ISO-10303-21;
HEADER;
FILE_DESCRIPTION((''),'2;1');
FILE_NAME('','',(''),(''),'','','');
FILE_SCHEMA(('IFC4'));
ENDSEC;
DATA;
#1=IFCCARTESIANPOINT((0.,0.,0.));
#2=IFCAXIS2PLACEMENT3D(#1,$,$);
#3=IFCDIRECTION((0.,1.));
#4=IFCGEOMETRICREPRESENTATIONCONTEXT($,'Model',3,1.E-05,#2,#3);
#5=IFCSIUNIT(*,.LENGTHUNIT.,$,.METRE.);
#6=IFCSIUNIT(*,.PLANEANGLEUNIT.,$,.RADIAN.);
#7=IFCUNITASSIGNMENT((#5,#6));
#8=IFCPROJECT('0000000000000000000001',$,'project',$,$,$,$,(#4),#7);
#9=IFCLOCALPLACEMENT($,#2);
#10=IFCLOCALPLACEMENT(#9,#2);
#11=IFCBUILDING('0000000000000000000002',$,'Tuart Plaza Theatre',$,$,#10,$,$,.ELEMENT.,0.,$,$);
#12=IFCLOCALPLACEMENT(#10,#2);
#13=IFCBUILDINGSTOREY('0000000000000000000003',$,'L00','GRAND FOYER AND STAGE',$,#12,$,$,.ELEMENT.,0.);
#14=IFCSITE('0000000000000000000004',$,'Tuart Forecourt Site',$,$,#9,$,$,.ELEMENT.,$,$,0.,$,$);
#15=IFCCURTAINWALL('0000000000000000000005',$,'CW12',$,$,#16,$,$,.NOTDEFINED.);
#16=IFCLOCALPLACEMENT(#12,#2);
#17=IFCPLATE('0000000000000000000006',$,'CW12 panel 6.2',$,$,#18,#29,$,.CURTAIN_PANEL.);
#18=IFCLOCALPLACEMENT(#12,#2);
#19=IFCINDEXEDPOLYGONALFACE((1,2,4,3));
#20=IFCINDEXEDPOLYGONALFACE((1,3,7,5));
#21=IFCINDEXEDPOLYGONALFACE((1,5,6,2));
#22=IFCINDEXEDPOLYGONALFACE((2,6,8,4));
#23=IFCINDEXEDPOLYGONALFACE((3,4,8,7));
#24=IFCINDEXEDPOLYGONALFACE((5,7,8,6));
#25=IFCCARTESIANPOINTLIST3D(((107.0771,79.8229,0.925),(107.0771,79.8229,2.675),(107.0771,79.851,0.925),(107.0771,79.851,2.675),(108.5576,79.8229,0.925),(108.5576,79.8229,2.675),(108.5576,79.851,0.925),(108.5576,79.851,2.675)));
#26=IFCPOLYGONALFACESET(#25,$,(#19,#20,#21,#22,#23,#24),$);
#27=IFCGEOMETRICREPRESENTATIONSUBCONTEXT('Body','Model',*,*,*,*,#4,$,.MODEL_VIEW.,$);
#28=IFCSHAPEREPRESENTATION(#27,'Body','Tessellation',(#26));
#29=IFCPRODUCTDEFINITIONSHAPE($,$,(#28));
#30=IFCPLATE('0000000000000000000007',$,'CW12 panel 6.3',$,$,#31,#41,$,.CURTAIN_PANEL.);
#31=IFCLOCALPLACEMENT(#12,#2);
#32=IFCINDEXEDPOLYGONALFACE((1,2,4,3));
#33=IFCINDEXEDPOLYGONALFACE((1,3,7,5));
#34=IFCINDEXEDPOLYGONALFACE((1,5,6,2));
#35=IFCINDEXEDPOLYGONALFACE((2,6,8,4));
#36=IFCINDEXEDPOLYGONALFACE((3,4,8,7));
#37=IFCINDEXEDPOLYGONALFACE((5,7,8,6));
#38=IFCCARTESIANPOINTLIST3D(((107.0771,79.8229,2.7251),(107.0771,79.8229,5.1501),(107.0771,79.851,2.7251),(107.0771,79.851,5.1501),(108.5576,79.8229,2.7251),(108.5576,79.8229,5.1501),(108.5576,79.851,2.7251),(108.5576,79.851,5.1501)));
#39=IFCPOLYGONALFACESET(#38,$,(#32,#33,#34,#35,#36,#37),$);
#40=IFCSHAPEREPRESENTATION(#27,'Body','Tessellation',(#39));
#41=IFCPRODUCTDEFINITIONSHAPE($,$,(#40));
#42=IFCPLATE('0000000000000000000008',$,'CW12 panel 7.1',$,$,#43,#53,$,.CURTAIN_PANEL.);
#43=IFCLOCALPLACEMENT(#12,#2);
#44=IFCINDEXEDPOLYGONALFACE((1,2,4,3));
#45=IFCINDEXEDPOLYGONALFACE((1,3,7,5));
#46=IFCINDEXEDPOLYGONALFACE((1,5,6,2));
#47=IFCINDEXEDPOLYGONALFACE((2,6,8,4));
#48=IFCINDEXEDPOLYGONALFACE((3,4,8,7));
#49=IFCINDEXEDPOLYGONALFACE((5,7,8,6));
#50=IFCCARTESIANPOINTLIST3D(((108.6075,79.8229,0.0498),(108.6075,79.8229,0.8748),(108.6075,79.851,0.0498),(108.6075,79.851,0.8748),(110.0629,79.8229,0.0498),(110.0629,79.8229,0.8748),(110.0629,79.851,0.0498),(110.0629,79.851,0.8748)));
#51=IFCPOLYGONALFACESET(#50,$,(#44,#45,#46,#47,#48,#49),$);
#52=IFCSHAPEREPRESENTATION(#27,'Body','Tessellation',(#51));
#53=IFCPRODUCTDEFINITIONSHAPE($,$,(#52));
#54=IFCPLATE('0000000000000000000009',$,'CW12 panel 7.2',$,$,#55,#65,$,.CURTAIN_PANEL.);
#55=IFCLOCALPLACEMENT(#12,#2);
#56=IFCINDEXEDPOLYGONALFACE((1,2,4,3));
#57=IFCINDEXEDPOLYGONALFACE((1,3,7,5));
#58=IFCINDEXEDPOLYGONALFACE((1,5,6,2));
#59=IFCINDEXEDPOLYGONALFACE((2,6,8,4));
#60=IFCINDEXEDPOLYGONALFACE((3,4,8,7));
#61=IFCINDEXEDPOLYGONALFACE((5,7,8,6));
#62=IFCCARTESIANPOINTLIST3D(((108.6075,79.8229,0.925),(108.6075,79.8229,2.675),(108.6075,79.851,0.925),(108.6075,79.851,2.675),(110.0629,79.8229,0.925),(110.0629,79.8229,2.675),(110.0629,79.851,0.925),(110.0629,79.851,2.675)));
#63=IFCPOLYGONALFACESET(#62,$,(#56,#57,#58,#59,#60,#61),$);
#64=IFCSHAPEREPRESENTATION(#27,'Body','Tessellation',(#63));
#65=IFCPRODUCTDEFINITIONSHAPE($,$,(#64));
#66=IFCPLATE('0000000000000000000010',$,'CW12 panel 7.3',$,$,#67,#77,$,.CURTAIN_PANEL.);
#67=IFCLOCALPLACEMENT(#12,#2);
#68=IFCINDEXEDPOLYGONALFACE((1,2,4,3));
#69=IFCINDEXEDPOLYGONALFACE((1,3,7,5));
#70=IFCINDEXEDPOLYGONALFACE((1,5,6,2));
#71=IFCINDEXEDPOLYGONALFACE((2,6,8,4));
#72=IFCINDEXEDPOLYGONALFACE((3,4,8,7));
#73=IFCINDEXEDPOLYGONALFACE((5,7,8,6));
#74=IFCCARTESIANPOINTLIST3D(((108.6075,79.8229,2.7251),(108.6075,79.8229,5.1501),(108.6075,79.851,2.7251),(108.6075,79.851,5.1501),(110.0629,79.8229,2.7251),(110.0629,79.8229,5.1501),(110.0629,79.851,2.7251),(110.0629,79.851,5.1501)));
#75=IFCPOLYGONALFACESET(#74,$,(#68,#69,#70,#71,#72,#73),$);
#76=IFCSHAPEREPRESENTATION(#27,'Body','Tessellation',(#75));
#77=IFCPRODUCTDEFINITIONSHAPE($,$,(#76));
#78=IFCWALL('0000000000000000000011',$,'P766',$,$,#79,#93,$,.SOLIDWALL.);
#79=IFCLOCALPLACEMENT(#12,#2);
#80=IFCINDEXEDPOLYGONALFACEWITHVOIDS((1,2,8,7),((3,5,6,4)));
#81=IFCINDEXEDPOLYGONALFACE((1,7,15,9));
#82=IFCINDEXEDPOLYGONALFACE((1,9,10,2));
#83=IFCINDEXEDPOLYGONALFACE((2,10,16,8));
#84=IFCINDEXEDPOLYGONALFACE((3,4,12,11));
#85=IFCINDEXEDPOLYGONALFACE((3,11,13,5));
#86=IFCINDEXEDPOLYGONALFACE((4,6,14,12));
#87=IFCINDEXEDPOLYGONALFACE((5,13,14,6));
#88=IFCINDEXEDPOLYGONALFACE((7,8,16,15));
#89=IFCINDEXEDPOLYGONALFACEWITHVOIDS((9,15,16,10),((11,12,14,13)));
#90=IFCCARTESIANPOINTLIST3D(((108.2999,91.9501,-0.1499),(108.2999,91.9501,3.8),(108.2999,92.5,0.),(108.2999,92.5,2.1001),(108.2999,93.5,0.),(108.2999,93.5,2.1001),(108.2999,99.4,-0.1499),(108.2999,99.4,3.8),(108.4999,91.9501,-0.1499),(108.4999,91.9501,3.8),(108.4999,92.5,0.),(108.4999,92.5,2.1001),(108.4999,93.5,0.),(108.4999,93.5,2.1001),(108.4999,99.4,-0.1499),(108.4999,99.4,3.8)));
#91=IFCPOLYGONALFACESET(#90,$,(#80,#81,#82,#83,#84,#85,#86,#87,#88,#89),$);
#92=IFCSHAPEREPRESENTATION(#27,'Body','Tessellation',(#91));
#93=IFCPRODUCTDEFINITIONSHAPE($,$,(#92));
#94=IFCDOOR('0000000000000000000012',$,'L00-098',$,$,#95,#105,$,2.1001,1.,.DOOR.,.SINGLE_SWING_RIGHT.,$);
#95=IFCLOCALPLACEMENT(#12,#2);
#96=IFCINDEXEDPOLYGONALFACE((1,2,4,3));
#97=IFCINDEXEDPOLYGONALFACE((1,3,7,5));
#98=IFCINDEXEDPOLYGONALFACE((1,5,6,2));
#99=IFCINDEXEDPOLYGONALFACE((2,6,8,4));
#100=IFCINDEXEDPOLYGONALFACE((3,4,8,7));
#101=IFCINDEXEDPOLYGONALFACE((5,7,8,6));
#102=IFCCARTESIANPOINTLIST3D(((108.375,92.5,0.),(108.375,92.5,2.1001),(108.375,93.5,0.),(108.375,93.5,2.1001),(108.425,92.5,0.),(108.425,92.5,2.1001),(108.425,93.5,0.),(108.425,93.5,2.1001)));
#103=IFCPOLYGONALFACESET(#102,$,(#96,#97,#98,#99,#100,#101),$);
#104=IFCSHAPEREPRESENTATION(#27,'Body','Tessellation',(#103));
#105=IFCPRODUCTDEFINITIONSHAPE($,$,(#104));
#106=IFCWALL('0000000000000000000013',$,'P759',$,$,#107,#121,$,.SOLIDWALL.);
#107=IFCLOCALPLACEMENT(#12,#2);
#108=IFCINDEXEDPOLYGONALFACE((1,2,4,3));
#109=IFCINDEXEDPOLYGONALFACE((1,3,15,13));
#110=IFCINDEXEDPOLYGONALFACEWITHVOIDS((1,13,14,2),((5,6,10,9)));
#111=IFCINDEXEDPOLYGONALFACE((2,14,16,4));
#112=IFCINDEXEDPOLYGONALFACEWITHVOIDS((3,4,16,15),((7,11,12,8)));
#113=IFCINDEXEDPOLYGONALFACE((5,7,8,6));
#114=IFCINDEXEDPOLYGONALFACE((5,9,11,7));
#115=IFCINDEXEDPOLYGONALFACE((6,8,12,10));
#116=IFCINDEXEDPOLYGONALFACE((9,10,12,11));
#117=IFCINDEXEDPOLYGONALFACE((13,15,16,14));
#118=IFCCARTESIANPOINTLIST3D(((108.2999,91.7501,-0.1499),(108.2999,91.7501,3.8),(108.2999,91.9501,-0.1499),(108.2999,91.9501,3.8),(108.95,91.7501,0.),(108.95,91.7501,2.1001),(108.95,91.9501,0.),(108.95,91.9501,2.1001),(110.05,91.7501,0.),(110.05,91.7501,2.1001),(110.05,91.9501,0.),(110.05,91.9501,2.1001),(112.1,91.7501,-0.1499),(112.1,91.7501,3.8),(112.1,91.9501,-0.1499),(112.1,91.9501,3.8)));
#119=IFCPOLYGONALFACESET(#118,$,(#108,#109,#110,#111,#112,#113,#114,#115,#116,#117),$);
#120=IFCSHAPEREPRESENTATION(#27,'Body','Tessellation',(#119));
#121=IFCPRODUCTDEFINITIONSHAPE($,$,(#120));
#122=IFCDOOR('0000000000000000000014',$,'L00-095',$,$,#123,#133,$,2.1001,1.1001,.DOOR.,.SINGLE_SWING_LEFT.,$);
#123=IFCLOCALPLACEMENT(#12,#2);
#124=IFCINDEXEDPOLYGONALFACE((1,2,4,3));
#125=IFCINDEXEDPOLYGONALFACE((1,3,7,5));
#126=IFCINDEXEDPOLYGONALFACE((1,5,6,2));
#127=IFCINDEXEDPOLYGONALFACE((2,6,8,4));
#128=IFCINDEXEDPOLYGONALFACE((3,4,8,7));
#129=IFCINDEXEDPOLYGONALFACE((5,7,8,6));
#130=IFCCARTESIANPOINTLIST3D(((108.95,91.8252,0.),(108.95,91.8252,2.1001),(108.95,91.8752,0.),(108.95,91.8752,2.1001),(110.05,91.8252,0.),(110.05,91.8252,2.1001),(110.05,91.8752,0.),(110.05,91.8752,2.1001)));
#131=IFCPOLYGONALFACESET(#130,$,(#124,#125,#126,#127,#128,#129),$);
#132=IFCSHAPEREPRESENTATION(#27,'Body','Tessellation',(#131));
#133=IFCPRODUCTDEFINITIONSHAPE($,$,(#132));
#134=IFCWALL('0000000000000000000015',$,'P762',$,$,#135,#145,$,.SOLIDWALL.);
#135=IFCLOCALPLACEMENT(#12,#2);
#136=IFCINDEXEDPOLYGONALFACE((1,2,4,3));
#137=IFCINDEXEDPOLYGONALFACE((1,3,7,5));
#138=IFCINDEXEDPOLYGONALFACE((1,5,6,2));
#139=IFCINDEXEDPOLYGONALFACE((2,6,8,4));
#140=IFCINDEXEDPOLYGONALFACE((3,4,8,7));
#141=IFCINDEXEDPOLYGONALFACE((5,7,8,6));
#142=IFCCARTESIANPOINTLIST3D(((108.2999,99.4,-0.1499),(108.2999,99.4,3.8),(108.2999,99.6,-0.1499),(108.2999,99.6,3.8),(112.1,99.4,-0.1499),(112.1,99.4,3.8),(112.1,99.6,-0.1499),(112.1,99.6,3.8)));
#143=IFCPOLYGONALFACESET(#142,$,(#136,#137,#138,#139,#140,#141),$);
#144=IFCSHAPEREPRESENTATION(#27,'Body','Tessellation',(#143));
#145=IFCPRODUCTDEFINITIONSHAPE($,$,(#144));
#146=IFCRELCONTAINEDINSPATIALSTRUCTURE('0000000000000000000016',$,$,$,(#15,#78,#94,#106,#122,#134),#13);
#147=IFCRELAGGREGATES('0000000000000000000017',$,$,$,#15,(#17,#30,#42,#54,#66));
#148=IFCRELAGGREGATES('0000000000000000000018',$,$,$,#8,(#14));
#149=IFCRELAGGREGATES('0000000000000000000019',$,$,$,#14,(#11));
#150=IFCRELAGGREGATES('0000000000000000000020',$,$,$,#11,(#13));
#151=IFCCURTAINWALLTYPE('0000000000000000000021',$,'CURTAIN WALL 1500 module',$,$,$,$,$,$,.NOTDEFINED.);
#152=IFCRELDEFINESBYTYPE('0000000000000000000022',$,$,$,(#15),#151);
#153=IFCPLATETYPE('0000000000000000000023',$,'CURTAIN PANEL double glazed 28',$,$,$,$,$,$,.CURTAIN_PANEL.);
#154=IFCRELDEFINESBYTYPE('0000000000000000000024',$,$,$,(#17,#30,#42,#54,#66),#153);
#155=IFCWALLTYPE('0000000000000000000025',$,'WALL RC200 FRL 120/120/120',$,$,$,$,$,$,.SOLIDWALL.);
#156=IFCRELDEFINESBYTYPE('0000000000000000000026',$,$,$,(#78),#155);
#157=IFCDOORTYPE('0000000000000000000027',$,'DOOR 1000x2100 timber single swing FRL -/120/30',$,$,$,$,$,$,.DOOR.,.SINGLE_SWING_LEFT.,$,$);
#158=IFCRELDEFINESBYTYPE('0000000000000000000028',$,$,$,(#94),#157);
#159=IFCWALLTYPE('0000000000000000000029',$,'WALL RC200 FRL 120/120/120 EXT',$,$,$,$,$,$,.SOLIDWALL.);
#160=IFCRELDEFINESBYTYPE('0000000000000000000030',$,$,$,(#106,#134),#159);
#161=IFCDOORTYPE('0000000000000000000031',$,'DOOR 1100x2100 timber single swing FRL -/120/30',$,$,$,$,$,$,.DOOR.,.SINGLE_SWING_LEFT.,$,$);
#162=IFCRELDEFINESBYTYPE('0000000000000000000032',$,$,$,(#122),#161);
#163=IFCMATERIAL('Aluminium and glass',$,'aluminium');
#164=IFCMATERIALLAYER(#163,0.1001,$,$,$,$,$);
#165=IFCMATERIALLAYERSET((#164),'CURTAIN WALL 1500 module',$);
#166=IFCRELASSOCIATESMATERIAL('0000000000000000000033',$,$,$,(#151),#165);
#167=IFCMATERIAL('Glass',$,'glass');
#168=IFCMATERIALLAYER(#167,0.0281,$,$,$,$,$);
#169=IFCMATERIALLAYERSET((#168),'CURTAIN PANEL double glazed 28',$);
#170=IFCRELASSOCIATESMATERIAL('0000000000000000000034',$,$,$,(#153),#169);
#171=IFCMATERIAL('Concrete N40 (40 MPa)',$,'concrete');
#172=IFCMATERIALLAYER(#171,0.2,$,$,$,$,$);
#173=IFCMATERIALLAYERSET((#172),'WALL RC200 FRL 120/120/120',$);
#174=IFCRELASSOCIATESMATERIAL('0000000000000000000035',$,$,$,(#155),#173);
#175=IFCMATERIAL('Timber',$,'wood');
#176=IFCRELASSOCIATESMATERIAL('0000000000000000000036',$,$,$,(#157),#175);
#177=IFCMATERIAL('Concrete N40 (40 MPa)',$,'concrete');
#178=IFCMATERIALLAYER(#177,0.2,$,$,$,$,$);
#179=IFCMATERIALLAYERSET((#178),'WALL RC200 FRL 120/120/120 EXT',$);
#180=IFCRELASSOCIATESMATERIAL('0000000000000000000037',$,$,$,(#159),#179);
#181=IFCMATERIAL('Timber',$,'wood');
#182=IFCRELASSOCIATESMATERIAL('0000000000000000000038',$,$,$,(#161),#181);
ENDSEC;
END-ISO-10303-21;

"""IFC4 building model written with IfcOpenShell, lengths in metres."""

from ifc_helpers import new_model, si_unit, direction, frame, frame_2d, origin, origin_2d, place, context, subcontext, project, spatial, rectangle, extrude, material, layer, layer_set, type_object, element, fill, aggregate, save


model = new_model("IFC4")

# Units and contexts
model_context = context("Model", 3, precision=1e-05, world=origin(), true_north=direction((0.0, 1.0)))
body_context = subcontext(model_context, "Body", "Model", "MODEL_VIEW")
ifc_project = project(units=[si_unit("LENGTHUNIT", "METRE"), si_unit("PLANEANGLEUNIT", "RADIAN")], contexts=[model_context])

# Site, building, storey
site_placement = place(None, origin())
site = spatial("IfcSite", under=ifc_project, at=site_placement, Name="Tuart Forecourt Site", CompositionType="ELEMENT", RefElevation=0.0)
building_placement = place(site_placement, origin())
building = spatial("IfcBuilding", under=site, at=building_placement, Name="Tuart Plaza Theatre", CompositionType="ELEMENT", ElevationOfRefHeight=0.0)
storey_placement = place(building_placement, origin())
storey = spatial("IfcBuildingStorey", under=building, at=storey_placement, Name="L00", Description="GRAND FOYER AND STAGE", CompositionType="ELEMENT", Elevation=0.0)

# Curtain wall, plates
ifc_material_1 = material(Name="Aluminium and glass", Category="aluminium")
ifc_layer_1 = layer(ifc_material_1, 0.1001)
ifc_layer_set_1 = layer_set([ifc_layer_1], Name="CURTAIN WALL 1500 module")
curtain_wall_type = type_object("IfcCurtainWallType", Name="CURTAIN WALL 1500 module", PredefinedType="NOTDEFINED", material=ifc_layer_set_1)
curtain_wall_placement = place(storey_placement, origin())
curtain_wall = element("IfcCurtainWall", 1, at=curtain_wall_placement, inside=storey, type_object=curtain_wall_type, Name="CW12", PredefinedType="NOTDEFINED")
ifc_material_2 = material(Name="Glass", Category="glass")
ifc_layer_2 = layer(ifc_material_2, 0.0281)
ifc_layer_set_2 = layer_set([ifc_layer_2], Name="CURTAIN PANEL double glazed 28")
plate_type = type_object("IfcPlateType", Name="CURTAIN PANEL double glazed 28", PredefinedType="CURTAIN_PANEL", material=ifc_layer_set_2)
plate_1_placement = place(storey_placement, frame((107.8174, 79.8369, 0.925), z_axis=(0.0, 0.0, 1.0), x_axis=(1.0, 0.0, 0.0)))
plate_1 = element("IfcPlate", 2, at=plate_1_placement, type_object=plate_type, Name="CW12 panel 6.2", PredefinedType="CURTAIN_PANEL", context=body_context, shape_type="SweptSolid", body=[
    extrude(rectangle(XDim=1.4805, YDim=0.0281, at=origin_2d()), origin(), (0.0, 0.0, 1.0), 1.75),
])
plate_2_placement = place(storey_placement, frame((107.8174, 79.8369, 2.7251), z_axis=(0.0, 0.0, 1.0), x_axis=(1.0, 0.0, 0.0)))
plate_2 = element("IfcPlate", 3, at=plate_2_placement, type_object=plate_type, Name="CW12 panel 6.3", PredefinedType="CURTAIN_PANEL", context=body_context, shape_type="SweptSolid", body=[
    extrude(rectangle(XDim=1.4805, YDim=0.0281, at=origin_2d()), origin(), (0.0, 0.0, 1.0), 2.425),
])
plate_3_placement = place(storey_placement, frame((109.3352, 79.8369, 0.0498), z_axis=(0.0, 0.0, 1.0), x_axis=(1.0, 0.0, 0.0)))
plate_3 = element("IfcPlate", 4, at=plate_3_placement, type_object=plate_type, Name="CW12 panel 7.1", PredefinedType="CURTAIN_PANEL", context=body_context, shape_type="SweptSolid", body=[
    extrude(rectangle(XDim=1.4553, YDim=0.0281, at=origin_2d()), origin(), (0.0, 0.0, 1.0), 0.825),
])
plate_4_placement = place(storey_placement, frame((109.3352, 79.8369, 0.925), z_axis=(0.0, 0.0, 1.0), x_axis=(1.0, 0.0, 0.0)))
plate_4 = element("IfcPlate", 5, at=plate_4_placement, type_object=plate_type, Name="CW12 panel 7.2", PredefinedType="CURTAIN_PANEL", context=body_context, shape_type="SweptSolid", body=[
    extrude(rectangle(XDim=1.4553, YDim=0.0281, at=origin_2d()), origin(), (0.0, 0.0, 1.0), 1.75),
])
plate_5_placement = place(storey_placement, frame((109.3352, 79.8369, 2.7251), z_axis=(0.0, 0.0, 1.0), x_axis=(1.0, 0.0, 0.0)))
plate_5 = element("IfcPlate", 6, at=plate_5_placement, type_object=plate_type, Name="CW12 panel 7.3", PredefinedType="CURTAIN_PANEL", context=body_context, shape_type="SweptSolid", body=[
    extrude(rectangle(XDim=1.4553, YDim=0.0281, at=origin_2d()), origin(), (0.0, 0.0, 1.0), 2.425),
])
aggregate(curtain_wall, [plate_1, plate_2, plate_3, plate_4, plate_5])

# Walls, openings, doors
ifc_material_3 = material(Name="Concrete N40 (40 MPa)", Category="concrete")
ifc_layer_3 = layer(ifc_material_3, 0.2)
ifc_layer_set_3 = layer_set([ifc_layer_3], Name="WALL RC200 FRL 120/120/120")
wall_type_1 = type_object("IfcWallType", Name="WALL RC200 FRL 120/120/120", PredefinedType="SOLIDWALL", material=ifc_layer_set_3)
wall_1_placement = place(storey_placement, frame((108.3999, 91.95, -0.1499), z_axis=(0.0, 0.0, 1.0), x_axis=(0.0, 1.0, 0.0)))
wall_1 = element("IfcWall", 7, at=wall_1_placement, inside=storey, type_object=wall_type_1, Name="P766", PredefinedType="SOLIDWALL", context=body_context, shape_type="SweptSolid", body=[
    extrude(rectangle(XDim=7.45, YDim=0.2, at=frame_2d((3.7251, 0.0))), origin(), (0.0, 0.0, 1.0), 3.95),
])
opening_1_placement = place(wall_1_placement, frame((0.55, 0.0, 0.1499)))
opening_1 = element("IfcOpeningElement", 8, at=opening_1_placement, cuts=wall_1, PredefinedType="OPENING", context=body_context, shape_type="SweptSolid", body=[
    extrude(rectangle(XDim=1.0, YDim=2.1001, at=frame_2d((0.5, 1.05))), frame((0.0, 0.1099, 0.0), z_axis=(0.0, -1.0, 0.0), x_axis=(1.0, 0.0, 0.0)), (0.0, 0.0, 1.0), 0.22),
])
ifc_material_4 = material(Name="Timber", Category="wood")
door_type_1 = type_object("IfcDoorType", Name="DOOR 1000x2100 timber single swing FRL -/120/30", OperationType="SINGLE_SWING_LEFT", PredefinedType="DOOR", material=ifc_material_4)
door_1_placement = place(opening_1_placement, origin())
door_1 = element("IfcDoor", 9, at=door_1_placement, inside=storey, type_object=door_type_1, Name="L00-098", OperationType="SINGLE_SWING_RIGHT", OverallHeight=2.1001, OverallWidth=1.0, PredefinedType="DOOR", context=body_context, shape_type="SweptSolid", body=[
    extrude(rectangle(XDim=1.0, YDim=2.1001, at=frame_2d((0.5, 1.05))), frame((0.0, 0.0249, 0.0), z_axis=(0.0, -1.0, 0.0), x_axis=(1.0, 0.0, 0.0)), (0.0, 0.0, 1.0), 0.05),
])
fill(opening_1, door_1)
ifc_material_5 = material(Name="Concrete N40 (40 MPa)", Category="concrete")
ifc_layer_4 = layer(ifc_material_5, 0.2)
ifc_layer_set_4 = layer_set([ifc_layer_4], Name="WALL RC200 FRL 120/120/120 EXT")
wall_type_2 = type_object("IfcWallType", Name="WALL RC200 FRL 120/120/120 EXT", PredefinedType="SOLIDWALL", material=ifc_layer_set_4)
wall_2_placement = place(storey_placement, frame((108.3, 91.8501, -0.1499), z_axis=(0.0, 0.0, 1.0), x_axis=(1.0, 0.0, 0.0)))
wall_2 = element("IfcWall", 10, at=wall_2_placement, inside=storey, type_object=wall_type_2, Name="P759", PredefinedType="SOLIDWALL", context=body_context, shape_type="SweptSolid", body=[
    extrude(rectangle(XDim=3.8, YDim=0.2, at=frame_2d((1.8999, 0.0))), origin(), (0.0, 0.0, 1.0), 3.95),
])
opening_2_placement = place(wall_2_placement, frame((0.6499, 0.0, 0.1499)))
opening_2 = element("IfcOpeningElement", 11, at=opening_2_placement, cuts=wall_2, PredefinedType="OPENING", context=body_context, shape_type="SweptSolid", body=[
    extrude(rectangle(XDim=1.1001, YDim=2.1001, at=frame_2d((0.55, 1.05))), frame((0.0, 0.1099, 0.0), z_axis=(0.0, -1.0, 0.0), x_axis=(1.0, 0.0, 0.0)), (0.0, 0.0, 1.0), 0.22),
])
ifc_material_6 = material(Name="Timber", Category="wood")
door_type_2 = type_object("IfcDoorType", Name="DOOR 1100x2100 timber single swing FRL -/120/30", OperationType="SINGLE_SWING_LEFT", PredefinedType="DOOR", material=ifc_material_6)
door_2_placement = place(opening_2_placement, frame((1.1001, 0.0, 0.0), z_axis=(0.0, 0.0, 1.0), x_axis=(-1.0, 0.0, 0.0)))
door_2 = element("IfcDoor", 12, at=door_2_placement, inside=storey, type_object=door_type_2, Name="L00-095", OperationType="SINGLE_SWING_LEFT", OverallHeight=2.1001, OverallWidth=1.1001, PredefinedType="DOOR", context=body_context, shape_type="SweptSolid", body=[
    extrude(rectangle(XDim=1.1001, YDim=2.1001, at=frame_2d((0.55, 1.05))), frame((0.0, 0.0249, 0.0), z_axis=(0.0, -1.0, 0.0), x_axis=(1.0, 0.0, 0.0)), (0.0, 0.0, 1.0), 0.05),
])
fill(opening_2, door_2)

# Wall
wall_3_placement = place(storey_placement, frame((108.3, 99.5, -0.1499), z_axis=(0.0, 0.0, 1.0), x_axis=(1.0, 0.0, 0.0)))
element("IfcWall", 13, at=wall_3_placement, inside=storey, type_object=wall_type_2, Name="P762", PredefinedType="SOLIDWALL", context=body_context, shape_type="SweptSolid", body=[
    extrude(rectangle(XDim=3.8, YDim=0.2, at=frame_2d((1.8999, 0.0))), origin(), (0.0, 0.0, 1.0), 3.95),
])

save(model, "model.ifc")
